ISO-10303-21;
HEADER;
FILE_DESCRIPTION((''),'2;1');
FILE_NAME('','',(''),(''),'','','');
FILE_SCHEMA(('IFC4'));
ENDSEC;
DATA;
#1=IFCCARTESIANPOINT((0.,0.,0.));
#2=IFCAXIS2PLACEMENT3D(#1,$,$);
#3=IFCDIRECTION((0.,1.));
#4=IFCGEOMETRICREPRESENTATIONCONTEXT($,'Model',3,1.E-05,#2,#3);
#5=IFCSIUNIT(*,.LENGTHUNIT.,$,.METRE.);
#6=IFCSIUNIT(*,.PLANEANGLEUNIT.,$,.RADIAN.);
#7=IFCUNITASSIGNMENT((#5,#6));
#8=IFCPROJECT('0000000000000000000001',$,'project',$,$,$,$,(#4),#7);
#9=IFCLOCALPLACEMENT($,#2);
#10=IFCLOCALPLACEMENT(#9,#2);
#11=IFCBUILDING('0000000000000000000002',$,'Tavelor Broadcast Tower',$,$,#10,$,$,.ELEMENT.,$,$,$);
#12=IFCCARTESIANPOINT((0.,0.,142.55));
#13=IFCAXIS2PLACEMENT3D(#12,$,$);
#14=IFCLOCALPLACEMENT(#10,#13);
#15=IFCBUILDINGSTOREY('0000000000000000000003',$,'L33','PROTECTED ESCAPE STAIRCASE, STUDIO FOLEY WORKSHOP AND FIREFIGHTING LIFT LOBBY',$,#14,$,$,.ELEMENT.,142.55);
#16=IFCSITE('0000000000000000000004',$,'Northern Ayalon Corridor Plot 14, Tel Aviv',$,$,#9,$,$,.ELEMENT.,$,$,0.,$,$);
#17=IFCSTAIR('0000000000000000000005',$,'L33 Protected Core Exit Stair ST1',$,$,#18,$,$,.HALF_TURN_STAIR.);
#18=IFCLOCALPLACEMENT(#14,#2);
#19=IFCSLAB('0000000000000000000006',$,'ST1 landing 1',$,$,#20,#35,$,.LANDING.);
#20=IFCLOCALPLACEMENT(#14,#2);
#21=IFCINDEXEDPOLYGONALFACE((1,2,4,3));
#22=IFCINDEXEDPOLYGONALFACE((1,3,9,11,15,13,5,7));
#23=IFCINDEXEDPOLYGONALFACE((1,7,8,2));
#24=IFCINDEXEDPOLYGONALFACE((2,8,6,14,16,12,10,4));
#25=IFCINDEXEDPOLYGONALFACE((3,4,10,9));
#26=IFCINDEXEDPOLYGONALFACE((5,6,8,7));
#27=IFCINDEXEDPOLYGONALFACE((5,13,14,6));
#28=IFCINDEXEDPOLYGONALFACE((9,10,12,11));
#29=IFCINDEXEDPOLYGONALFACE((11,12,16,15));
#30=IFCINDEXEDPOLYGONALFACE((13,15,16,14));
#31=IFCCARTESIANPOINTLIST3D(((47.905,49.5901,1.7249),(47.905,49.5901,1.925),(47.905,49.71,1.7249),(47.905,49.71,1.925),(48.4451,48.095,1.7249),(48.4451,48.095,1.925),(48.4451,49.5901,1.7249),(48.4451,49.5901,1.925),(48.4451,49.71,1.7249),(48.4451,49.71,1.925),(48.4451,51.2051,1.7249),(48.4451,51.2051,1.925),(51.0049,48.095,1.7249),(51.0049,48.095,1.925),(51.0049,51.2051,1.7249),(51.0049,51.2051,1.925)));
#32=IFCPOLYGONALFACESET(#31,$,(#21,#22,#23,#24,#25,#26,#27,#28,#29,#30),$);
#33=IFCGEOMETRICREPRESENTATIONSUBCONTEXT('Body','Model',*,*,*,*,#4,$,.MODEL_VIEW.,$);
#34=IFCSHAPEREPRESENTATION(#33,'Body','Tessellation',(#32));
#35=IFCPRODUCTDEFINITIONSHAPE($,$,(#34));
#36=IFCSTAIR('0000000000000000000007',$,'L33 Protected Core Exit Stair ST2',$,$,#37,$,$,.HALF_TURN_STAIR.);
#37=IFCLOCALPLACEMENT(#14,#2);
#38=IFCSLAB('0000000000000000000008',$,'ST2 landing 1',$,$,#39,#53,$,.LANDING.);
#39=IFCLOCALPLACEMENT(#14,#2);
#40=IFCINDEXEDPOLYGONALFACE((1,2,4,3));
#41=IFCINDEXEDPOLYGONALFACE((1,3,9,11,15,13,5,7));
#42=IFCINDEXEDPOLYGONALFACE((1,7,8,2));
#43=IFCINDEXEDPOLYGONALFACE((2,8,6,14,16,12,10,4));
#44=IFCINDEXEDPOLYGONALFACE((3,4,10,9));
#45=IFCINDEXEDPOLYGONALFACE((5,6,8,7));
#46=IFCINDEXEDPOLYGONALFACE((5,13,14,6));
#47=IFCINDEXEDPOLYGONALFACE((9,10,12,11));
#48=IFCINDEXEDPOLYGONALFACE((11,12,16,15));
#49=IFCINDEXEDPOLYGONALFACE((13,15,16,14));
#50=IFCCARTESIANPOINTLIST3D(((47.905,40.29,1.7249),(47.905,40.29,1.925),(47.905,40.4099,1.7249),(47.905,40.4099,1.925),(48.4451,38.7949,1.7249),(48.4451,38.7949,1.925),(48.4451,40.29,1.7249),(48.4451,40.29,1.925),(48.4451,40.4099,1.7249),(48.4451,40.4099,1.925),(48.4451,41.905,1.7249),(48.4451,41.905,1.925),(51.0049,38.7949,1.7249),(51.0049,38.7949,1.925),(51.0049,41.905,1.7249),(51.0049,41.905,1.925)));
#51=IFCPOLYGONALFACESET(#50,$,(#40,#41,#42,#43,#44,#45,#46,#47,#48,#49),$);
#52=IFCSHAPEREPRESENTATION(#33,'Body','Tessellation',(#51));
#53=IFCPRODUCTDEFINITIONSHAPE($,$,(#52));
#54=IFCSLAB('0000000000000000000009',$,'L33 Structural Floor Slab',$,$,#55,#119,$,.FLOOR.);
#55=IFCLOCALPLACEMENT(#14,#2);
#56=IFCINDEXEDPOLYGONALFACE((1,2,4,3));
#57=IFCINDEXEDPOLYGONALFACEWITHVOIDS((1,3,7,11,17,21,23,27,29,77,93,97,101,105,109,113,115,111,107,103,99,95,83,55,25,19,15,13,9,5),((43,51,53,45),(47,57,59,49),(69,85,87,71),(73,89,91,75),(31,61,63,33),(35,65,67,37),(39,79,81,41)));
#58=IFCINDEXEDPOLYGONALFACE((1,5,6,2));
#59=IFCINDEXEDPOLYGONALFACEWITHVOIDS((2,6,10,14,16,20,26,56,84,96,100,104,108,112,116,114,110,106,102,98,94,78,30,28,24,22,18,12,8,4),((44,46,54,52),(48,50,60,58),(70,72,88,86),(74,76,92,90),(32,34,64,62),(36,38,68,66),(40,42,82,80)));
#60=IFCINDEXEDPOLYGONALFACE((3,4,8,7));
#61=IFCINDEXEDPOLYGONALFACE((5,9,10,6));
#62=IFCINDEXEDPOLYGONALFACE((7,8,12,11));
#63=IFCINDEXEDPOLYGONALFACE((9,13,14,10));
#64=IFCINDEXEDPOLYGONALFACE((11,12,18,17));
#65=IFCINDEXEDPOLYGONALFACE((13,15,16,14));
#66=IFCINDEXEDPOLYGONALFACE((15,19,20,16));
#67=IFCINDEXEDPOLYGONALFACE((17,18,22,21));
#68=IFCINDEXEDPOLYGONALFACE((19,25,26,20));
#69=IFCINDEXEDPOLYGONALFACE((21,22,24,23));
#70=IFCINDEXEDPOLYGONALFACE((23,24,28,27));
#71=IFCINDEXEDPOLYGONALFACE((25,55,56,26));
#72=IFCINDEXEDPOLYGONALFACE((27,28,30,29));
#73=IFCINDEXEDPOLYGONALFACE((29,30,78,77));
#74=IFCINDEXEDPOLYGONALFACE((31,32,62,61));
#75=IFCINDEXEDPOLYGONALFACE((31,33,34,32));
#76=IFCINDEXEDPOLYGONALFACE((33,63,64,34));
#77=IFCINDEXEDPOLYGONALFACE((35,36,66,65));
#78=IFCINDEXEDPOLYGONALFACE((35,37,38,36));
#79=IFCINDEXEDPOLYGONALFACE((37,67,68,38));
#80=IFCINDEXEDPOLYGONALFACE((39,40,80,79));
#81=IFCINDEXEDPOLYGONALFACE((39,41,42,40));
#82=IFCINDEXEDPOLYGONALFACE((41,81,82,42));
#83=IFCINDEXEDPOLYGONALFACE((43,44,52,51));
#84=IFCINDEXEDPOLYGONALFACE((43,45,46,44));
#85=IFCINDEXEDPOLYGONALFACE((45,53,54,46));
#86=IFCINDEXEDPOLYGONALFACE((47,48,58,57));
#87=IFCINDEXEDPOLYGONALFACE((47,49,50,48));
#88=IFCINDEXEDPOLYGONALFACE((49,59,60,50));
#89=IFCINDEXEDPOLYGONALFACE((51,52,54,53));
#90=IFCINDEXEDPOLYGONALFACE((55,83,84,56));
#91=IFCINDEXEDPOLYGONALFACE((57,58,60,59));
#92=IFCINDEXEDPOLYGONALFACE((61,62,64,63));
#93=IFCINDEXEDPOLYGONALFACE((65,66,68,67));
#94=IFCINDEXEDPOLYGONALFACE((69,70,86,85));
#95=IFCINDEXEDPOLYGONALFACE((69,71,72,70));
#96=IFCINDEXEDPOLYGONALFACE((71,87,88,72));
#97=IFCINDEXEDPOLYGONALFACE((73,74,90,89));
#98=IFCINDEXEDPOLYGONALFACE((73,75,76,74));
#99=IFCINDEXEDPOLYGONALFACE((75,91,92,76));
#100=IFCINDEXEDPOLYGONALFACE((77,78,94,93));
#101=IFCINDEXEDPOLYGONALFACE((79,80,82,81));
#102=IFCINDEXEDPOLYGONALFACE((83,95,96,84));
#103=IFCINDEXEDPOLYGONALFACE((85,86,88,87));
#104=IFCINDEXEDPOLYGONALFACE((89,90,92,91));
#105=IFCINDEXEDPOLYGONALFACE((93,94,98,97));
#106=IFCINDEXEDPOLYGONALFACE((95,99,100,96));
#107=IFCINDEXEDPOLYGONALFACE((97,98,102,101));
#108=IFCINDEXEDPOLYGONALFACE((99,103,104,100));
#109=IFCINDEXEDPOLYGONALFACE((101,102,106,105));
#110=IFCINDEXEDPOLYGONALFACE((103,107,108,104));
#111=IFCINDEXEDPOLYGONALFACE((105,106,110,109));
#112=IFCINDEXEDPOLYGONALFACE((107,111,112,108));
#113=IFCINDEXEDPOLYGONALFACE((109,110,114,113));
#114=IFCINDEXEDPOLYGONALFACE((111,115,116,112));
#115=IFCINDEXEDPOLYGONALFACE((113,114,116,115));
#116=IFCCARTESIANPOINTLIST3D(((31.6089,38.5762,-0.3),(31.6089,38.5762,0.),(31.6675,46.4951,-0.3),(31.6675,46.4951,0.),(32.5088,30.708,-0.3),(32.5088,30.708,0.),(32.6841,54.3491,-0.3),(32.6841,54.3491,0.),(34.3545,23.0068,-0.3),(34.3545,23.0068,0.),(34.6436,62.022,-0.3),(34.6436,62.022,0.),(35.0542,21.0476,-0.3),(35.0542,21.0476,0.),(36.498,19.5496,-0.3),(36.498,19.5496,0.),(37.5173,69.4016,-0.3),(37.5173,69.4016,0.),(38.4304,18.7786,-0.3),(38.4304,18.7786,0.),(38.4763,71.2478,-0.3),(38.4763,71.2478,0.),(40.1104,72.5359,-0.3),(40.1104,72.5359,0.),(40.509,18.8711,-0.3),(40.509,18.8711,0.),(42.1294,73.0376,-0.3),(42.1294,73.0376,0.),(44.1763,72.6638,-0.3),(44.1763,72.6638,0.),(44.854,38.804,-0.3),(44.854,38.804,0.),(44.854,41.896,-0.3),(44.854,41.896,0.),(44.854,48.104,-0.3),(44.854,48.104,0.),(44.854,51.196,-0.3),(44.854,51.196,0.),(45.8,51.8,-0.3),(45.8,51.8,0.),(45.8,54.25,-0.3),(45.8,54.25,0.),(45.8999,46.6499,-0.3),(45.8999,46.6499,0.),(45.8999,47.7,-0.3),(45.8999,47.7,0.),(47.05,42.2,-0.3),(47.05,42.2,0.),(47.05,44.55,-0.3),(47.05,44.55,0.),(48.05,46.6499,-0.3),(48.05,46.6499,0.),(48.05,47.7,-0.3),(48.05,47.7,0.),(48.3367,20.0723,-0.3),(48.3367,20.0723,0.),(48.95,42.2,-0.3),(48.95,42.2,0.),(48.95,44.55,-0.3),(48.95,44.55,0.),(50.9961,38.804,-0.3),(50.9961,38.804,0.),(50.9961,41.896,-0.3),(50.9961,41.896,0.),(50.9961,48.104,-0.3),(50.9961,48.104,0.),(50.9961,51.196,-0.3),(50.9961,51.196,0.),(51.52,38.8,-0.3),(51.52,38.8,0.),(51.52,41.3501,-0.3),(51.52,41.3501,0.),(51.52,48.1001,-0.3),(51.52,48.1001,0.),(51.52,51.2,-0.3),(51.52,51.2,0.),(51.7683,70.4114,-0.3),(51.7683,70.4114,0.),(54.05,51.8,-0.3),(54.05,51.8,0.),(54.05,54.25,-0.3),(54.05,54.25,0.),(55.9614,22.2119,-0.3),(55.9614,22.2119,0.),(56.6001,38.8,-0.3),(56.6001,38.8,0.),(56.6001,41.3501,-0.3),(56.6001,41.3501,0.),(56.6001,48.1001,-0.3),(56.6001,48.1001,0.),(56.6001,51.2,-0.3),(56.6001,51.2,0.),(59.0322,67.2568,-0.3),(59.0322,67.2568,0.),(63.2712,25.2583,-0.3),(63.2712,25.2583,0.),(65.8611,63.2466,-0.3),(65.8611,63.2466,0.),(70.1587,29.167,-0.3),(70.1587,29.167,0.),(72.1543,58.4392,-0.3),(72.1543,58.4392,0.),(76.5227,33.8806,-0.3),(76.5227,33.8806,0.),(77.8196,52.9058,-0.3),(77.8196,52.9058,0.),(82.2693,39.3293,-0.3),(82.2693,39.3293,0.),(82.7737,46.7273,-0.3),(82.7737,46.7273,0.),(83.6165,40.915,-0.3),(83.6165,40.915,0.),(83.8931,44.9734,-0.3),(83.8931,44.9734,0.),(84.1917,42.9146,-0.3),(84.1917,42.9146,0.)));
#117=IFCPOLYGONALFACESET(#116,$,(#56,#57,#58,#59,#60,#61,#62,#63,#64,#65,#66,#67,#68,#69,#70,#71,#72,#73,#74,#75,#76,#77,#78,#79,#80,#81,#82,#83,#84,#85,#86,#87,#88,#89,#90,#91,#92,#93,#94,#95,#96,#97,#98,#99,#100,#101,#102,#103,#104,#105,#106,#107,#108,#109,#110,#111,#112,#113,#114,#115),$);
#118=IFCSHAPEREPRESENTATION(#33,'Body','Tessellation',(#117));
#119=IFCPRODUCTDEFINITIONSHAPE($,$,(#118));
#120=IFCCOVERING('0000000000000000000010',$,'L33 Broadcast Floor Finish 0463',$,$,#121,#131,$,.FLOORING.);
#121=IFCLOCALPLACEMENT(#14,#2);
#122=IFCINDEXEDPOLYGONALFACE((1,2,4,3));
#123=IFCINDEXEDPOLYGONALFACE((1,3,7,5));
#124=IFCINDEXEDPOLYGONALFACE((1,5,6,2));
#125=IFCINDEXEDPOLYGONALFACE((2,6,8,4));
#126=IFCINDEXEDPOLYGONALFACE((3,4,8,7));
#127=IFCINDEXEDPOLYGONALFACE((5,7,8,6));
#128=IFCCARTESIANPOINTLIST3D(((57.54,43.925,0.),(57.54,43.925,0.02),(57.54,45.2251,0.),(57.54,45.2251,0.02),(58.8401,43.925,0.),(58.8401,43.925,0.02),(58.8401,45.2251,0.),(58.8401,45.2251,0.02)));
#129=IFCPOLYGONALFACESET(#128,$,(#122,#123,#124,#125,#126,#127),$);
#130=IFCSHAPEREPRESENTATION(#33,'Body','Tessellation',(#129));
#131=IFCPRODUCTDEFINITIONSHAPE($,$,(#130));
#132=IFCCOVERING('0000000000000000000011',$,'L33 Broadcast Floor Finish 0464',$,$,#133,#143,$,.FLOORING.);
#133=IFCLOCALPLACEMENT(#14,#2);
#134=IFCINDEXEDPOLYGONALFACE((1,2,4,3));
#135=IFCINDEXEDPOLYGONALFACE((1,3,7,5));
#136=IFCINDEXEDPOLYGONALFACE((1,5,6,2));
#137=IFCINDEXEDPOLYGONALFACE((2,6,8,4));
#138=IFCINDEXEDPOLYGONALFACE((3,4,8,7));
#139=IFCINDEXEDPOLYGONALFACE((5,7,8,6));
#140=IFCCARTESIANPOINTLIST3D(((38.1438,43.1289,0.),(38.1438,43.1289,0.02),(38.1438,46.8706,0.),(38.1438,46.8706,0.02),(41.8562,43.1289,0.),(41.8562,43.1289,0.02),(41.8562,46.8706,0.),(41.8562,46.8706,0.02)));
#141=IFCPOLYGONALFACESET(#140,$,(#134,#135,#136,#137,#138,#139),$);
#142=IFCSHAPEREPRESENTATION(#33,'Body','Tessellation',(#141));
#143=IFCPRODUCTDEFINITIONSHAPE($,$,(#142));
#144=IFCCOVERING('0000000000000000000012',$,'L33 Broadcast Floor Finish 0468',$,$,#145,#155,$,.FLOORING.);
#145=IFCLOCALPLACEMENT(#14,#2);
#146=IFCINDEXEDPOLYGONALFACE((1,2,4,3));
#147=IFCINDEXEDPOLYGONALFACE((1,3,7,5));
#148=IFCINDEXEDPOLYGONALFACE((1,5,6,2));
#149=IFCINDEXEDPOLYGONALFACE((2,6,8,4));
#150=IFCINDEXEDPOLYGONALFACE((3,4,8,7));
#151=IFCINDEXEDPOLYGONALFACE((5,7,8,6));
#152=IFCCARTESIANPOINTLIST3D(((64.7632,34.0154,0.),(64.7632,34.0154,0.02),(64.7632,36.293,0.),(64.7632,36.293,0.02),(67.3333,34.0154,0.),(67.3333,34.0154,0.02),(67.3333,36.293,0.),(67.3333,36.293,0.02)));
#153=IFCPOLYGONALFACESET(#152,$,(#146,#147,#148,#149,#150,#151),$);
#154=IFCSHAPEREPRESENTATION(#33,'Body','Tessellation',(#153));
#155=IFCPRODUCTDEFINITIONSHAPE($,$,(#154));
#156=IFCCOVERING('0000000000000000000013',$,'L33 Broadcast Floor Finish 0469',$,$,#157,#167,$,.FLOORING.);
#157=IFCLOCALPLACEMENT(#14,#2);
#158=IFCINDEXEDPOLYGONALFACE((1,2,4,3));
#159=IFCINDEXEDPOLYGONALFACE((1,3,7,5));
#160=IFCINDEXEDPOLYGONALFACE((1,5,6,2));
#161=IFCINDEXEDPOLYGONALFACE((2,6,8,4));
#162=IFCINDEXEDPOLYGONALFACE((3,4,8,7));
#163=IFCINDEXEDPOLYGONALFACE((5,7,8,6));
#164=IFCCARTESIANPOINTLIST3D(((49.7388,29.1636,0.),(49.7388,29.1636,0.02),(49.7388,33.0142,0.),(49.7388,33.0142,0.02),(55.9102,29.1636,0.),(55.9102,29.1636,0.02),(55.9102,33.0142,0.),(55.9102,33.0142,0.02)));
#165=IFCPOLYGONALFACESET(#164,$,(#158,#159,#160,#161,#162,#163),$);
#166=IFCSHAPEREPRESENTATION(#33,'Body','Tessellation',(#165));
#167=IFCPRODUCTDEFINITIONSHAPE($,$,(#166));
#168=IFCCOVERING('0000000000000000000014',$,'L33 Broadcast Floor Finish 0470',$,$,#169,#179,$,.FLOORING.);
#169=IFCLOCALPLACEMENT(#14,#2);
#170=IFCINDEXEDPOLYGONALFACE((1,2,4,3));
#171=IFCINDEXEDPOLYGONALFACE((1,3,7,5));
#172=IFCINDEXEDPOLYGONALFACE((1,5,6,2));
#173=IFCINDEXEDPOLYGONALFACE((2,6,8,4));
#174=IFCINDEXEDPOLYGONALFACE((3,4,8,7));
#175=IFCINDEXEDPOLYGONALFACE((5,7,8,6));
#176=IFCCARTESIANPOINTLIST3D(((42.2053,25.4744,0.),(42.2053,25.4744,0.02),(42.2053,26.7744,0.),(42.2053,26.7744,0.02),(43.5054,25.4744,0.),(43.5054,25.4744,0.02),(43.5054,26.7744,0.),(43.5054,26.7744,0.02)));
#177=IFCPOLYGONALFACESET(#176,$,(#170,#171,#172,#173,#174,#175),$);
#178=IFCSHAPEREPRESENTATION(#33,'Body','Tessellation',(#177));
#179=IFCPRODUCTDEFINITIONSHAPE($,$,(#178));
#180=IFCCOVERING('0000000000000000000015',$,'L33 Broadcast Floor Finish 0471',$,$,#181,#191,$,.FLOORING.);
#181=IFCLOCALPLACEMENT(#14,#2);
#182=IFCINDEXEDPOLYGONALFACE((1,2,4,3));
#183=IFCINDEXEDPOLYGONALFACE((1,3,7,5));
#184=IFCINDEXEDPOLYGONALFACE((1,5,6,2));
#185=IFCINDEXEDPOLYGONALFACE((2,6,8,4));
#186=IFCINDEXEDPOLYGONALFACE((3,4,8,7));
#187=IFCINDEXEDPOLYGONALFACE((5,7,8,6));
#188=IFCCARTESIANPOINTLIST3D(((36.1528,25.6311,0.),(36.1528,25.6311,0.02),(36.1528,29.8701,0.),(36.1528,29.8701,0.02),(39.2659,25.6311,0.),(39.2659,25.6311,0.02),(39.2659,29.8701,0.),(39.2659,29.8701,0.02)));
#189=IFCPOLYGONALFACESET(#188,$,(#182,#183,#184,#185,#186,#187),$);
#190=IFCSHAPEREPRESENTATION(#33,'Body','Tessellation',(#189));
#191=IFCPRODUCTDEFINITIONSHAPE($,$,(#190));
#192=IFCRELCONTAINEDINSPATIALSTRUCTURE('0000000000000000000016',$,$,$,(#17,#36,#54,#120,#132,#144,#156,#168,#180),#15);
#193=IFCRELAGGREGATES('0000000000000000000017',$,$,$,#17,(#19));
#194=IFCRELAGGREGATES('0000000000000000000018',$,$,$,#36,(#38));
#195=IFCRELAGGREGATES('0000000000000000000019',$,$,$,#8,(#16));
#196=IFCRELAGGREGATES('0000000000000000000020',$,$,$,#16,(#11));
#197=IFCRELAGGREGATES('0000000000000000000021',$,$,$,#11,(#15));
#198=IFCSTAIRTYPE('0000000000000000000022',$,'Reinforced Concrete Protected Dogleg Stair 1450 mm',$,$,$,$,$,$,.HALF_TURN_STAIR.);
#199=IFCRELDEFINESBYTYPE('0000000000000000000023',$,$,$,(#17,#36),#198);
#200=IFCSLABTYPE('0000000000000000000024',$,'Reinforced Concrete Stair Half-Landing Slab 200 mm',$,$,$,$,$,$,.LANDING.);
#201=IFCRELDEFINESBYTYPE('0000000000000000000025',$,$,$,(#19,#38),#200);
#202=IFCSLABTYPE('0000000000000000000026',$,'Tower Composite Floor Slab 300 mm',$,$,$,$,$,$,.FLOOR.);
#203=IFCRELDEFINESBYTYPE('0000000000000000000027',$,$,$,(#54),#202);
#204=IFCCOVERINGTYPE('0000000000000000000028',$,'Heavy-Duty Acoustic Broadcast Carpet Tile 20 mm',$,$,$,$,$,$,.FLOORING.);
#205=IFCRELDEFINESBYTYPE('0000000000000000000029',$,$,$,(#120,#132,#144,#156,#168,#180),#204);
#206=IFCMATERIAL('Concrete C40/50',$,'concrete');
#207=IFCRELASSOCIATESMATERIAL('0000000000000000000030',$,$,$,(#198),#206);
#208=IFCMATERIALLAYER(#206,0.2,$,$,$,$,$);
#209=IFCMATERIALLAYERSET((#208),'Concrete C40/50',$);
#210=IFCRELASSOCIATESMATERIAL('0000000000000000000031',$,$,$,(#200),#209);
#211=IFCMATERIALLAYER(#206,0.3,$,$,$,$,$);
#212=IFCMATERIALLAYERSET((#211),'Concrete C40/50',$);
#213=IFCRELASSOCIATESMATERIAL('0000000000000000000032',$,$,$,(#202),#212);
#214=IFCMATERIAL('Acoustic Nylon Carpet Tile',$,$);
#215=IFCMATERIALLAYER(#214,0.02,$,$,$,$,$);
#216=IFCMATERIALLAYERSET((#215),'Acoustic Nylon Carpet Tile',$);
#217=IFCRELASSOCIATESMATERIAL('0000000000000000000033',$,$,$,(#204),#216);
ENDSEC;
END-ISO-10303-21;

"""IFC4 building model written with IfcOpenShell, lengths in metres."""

from ifc_helpers import new_model, si_unit, direction, frame, origin, place, context, subcontext, project, spatial, polyline, outline, extrude, material, layer, layer_set, type_object, element, aggregate, save


model = new_model("IFC4")

# Units and contexts
model_context = context("Model", 3, precision=1e-05, world=origin(), true_north=direction((0.0, 1.0)))
body_context = subcontext(model_context, "Body", "Model", "MODEL_VIEW")
ifc_project = project(units=[si_unit("LENGTHUNIT", "METRE"), si_unit("PLANEANGLEUNIT", "RADIAN")], contexts=[model_context])

# Site, building, storey
site_placement = place(None, origin())
site = spatial("IfcSite", under=ifc_project, at=site_placement, Name="Northern Ayalon Corridor Plot 14, Tel Aviv", CompositionType="ELEMENT", RefElevation=0.0)
building_placement = place(site_placement, origin())
building = spatial("IfcBuilding", under=site, at=building_placement, Name="Tavelor Broadcast Tower", CompositionType="ELEMENT")
storey_placement = place(building_placement, frame((0.0, 0.0, 142.55)))
storey = spatial("IfcBuildingStorey", under=building, at=storey_placement, Name="L33", Description="PROTECTED ESCAPE STAIRCASE, STUDIO FOLEY WORKSHOP AND FIREFIGHTING LIFT LOBBY", CompositionType="ELEMENT", Elevation=142.55)

# Stairs, slabs
ifc_material_1 = material(Name="Concrete C40/50", Category="concrete")
stair_type = type_object("IfcStairType", Name="Reinforced Concrete Protected Dogleg Stair 1450 mm", PredefinedType="HALF_TURN_STAIR", material=ifc_material_1)
stair_1_placement = place(storey_placement, origin())
stair_1 = element("IfcStair", 1, at=stair_1_placement, inside=storey, type_object=stair_type, Name="L33 Protected Core Exit Stair ST1", PredefinedType="HALF_TURN_STAIR")
ifc_layer_1 = layer(ifc_material_1, 0.2)
ifc_layer_set_1 = layer_set([ifc_layer_1], Name="Concrete C40/50")
slab_type_1 = type_object("IfcSlabType", Name="Reinforced Concrete Stair Half-Landing Slab 200 mm", PredefinedType="LANDING", material=ifc_layer_set_1)
slab_1_placement = place(storey_placement, frame((0.0, 0.0, 1.7249)))
slab_1 = element("IfcSlab", 2, at=slab_1_placement, type_object=slab_type_1, Name="ST1 landing 1", PredefinedType="LANDING", context=body_context, shape_type="SweptSolid", body=[
    extrude(outline(polyline([(48.4451, 49.5901), (48.4451, 48.095), (51.0049, 48.095), (51.0049, 51.2051), (48.4451, 51.2051), (48.4451, 49.71), (47.905, 49.71), (47.905, 49.5901), (48.4451, 49.5901)])), origin(), (0.0, 0.0, 1.0), 0.2002),
])
aggregate(stair_1, [slab_1])
stair_2_placement = place(storey_placement, origin())
stair_2 = element("IfcStair", 3, at=stair_2_placement, inside=storey, type_object=stair_type, Name="L33 Protected Core Exit Stair ST2", PredefinedType="HALF_TURN_STAIR")
slab_2_placement = place(storey_placement, frame((0.0, 0.0, 1.7249)))
slab_2 = element("IfcSlab", 4, at=slab_2_placement, type_object=slab_type_1, Name="ST2 landing 1", PredefinedType="LANDING", context=body_context, shape_type="SweptSolid", body=[
    extrude(outline(polyline([(48.4451, 40.29), (48.4451, 38.7949), (51.0049, 38.7949), (51.0049, 41.905), (48.4451, 41.905), (48.4451, 40.4099), (47.905, 40.4099), (47.905, 40.29), (48.4451, 40.29)])), origin(), (0.0, 0.0, 1.0), 0.2002),
])
aggregate(stair_2, [slab_2])

# Slab
ifc_layer_2 = layer(ifc_material_1, 0.3)
ifc_layer_set_2 = layer_set([ifc_layer_2], Name="Concrete C40/50")
slab_type_2 = type_object("IfcSlabType", Name="Tower Composite Floor Slab 300 mm", PredefinedType="FLOOR", material=ifc_layer_set_2)
slab_3_placement = place(storey_placement, frame((0.0, 0.0, -0.3)))
element("IfcSlab", 5, at=slab_3_placement, inside=storey, type_object=slab_type_2, Name="L33 Structural Floor Slab", PredefinedType="FLOOR", context=body_context, shape_type="SweptSolid", body=[
    extrude(outline(polyline([(44.1763, 72.6638), (42.1294, 73.0376), (40.1104, 72.5359), (38.4763, 71.2478), (37.5173, 69.4016), (34.6436, 62.022), (32.6841, 54.3491), (31.6675, 46.4951), (31.6089, 38.5762), (32.5088, 30.708), (34.3545, 23.0068), (35.0542, 21.0476), (36.498, 19.5496), (38.4304, 18.7786), (40.509, 18.8711), (48.3367, 20.0723), (55.9614, 22.2119), (63.2712, 25.2583), (70.1587, 29.167), (76.5227, 33.8806), (82.2693, 39.3293), (83.6165, 40.915), (84.1917, 42.9146), (83.8931, 44.9734), (82.7737, 46.7273), (77.8196, 52.9058), (72.1543, 58.4392), (65.8611, 63.2466), (59.0322, 67.2568), (51.7683, 70.4114), (44.1763, 72.6638)]), holes=[polyline([(56.6001, 41.3501), (56.6001, 38.8), (51.52, 38.8), (51.52, 41.3501), (56.6001, 41.3501)]), polyline([(50.9961, 38.804), (44.854, 38.804), (44.854, 41.896), (50.9961, 41.896), (50.9961, 38.804)]), polyline([(47.05, 42.2), (47.05, 44.55), (48.95, 44.55), (48.95, 42.2), (47.05, 42.2)]), polyline([(48.05, 46.6499), (45.8999, 46.6499), (45.8999, 47.7), (48.05, 47.7), (48.05, 46.6499)]), polyline([(50.9961, 48.104), (44.854, 48.104), (44.854, 51.196), (50.9961, 51.196), (50.9961, 48.104)]), polyline([(56.6001, 48.1001), (51.52, 48.1001), (51.52, 51.2), (56.6001, 51.2), (56.6001, 48.1001)]), polyline([(54.05, 51.8), (45.8, 51.8), (45.8, 54.25), (54.05, 54.25), (54.05, 51.8)])]), origin(), (0.0, 0.0, 1.0), 0.3),
])

# Coverings
ifc_material_2 = material(Name="Acoustic Nylon Carpet Tile")
ifc_layer_3 = layer(ifc_material_2, 0.02)
ifc_layer_set_3 = layer_set([ifc_layer_3], Name="Acoustic Nylon Carpet Tile")
covering_type_1 = type_object("IfcCoveringType", Name="Heavy-Duty Acoustic Broadcast Carpet Tile 20 mm", PredefinedType="FLOORING", material=ifc_layer_set_3)
covering_1_placement = place(storey_placement, origin())
element("IfcCovering", 6, at=covering_1_placement, inside=storey, type_object=covering_type_1, Name="L33 Broadcast Floor Finish 0463", PredefinedType="FLOORING", context=body_context, shape_type="SweptSolid", body=[
    extrude(outline(polyline([(57.54, 43.925), (58.8401, 43.925), (58.8401, 45.2251), (57.54, 45.2251), (57.54, 43.925)])), origin(), (0.0, 0.0, 1.0), 0.02),
])
covering_2_placement = place(storey_placement, origin())
element("IfcCovering", 7, at=covering_2_placement, inside=storey, type_object=covering_type_1, Name="L33 Broadcast Floor Finish 0464", PredefinedType="FLOORING", context=body_context, shape_type="SweptSolid", body=[
    extrude(outline(polyline([(38.1438, 43.1289), (41.8562, 43.1289), (41.8562, 46.8706), (38.1438, 46.8706), (38.1438, 43.1289)])), origin(), (0.0, 0.0, 1.0), 0.02),
])
covering_3_placement = place(storey_placement, origin())
element("IfcCovering", 8, at=covering_3_placement, inside=storey, type_object=covering_type_1, Name="L33 Broadcast Floor Finish 0468", PredefinedType="FLOORING", context=body_context, shape_type="SweptSolid", body=[
    extrude(outline(polyline([(64.7632, 34.0154), (67.3333, 34.0154), (67.3333, 36.293), (64.7632, 36.293), (64.7632, 34.0154)])), origin(), (0.0, 0.0, 1.0), 0.02),
])
covering_4_placement = place(storey_placement, origin())
element("IfcCovering", 9, at=covering_4_placement, inside=storey, type_object=covering_type_1, Name="L33 Broadcast Floor Finish 0469", PredefinedType="FLOORING", context=body_context, shape_type="SweptSolid", body=[
    extrude(outline(polyline([(49.7388, 29.1636), (55.9102, 29.1636), (55.9102, 33.0142), (49.7388, 33.0142), (49.7388, 29.1636)])), origin(), (0.0, 0.0, 1.0), 0.02),
])
covering_5_placement = place(storey_placement, origin())
element("IfcCovering", 10, at=covering_5_placement, inside=storey, type_object=covering_type_1, Name="L33 Broadcast Floor Finish 0470", PredefinedType="FLOORING", context=body_context, shape_type="SweptSolid", body=[
    extrude(outline(polyline([(42.2053, 25.4744), (43.5054, 25.4744), (43.5054, 26.7744), (42.2053, 26.7744), (42.2053, 25.4744)])), origin(), (0.0, 0.0, 1.0), 0.02),
])
covering_6_placement = place(storey_placement, origin())
element("IfcCovering", 11, at=covering_6_placement, inside=storey, type_object=covering_type_1, Name="L33 Broadcast Floor Finish 0471", PredefinedType="FLOORING", context=body_context, shape_type="SweptSolid", body=[
    extrude(outline(polyline([(36.1528, 25.6311), (39.2659, 25.6311), (39.2659, 29.8701), (36.1528, 29.8701), (36.1528, 25.6311)])), origin(), (0.0, 0.0, 1.0), 0.02),
])

save(model, "model.ifc")
